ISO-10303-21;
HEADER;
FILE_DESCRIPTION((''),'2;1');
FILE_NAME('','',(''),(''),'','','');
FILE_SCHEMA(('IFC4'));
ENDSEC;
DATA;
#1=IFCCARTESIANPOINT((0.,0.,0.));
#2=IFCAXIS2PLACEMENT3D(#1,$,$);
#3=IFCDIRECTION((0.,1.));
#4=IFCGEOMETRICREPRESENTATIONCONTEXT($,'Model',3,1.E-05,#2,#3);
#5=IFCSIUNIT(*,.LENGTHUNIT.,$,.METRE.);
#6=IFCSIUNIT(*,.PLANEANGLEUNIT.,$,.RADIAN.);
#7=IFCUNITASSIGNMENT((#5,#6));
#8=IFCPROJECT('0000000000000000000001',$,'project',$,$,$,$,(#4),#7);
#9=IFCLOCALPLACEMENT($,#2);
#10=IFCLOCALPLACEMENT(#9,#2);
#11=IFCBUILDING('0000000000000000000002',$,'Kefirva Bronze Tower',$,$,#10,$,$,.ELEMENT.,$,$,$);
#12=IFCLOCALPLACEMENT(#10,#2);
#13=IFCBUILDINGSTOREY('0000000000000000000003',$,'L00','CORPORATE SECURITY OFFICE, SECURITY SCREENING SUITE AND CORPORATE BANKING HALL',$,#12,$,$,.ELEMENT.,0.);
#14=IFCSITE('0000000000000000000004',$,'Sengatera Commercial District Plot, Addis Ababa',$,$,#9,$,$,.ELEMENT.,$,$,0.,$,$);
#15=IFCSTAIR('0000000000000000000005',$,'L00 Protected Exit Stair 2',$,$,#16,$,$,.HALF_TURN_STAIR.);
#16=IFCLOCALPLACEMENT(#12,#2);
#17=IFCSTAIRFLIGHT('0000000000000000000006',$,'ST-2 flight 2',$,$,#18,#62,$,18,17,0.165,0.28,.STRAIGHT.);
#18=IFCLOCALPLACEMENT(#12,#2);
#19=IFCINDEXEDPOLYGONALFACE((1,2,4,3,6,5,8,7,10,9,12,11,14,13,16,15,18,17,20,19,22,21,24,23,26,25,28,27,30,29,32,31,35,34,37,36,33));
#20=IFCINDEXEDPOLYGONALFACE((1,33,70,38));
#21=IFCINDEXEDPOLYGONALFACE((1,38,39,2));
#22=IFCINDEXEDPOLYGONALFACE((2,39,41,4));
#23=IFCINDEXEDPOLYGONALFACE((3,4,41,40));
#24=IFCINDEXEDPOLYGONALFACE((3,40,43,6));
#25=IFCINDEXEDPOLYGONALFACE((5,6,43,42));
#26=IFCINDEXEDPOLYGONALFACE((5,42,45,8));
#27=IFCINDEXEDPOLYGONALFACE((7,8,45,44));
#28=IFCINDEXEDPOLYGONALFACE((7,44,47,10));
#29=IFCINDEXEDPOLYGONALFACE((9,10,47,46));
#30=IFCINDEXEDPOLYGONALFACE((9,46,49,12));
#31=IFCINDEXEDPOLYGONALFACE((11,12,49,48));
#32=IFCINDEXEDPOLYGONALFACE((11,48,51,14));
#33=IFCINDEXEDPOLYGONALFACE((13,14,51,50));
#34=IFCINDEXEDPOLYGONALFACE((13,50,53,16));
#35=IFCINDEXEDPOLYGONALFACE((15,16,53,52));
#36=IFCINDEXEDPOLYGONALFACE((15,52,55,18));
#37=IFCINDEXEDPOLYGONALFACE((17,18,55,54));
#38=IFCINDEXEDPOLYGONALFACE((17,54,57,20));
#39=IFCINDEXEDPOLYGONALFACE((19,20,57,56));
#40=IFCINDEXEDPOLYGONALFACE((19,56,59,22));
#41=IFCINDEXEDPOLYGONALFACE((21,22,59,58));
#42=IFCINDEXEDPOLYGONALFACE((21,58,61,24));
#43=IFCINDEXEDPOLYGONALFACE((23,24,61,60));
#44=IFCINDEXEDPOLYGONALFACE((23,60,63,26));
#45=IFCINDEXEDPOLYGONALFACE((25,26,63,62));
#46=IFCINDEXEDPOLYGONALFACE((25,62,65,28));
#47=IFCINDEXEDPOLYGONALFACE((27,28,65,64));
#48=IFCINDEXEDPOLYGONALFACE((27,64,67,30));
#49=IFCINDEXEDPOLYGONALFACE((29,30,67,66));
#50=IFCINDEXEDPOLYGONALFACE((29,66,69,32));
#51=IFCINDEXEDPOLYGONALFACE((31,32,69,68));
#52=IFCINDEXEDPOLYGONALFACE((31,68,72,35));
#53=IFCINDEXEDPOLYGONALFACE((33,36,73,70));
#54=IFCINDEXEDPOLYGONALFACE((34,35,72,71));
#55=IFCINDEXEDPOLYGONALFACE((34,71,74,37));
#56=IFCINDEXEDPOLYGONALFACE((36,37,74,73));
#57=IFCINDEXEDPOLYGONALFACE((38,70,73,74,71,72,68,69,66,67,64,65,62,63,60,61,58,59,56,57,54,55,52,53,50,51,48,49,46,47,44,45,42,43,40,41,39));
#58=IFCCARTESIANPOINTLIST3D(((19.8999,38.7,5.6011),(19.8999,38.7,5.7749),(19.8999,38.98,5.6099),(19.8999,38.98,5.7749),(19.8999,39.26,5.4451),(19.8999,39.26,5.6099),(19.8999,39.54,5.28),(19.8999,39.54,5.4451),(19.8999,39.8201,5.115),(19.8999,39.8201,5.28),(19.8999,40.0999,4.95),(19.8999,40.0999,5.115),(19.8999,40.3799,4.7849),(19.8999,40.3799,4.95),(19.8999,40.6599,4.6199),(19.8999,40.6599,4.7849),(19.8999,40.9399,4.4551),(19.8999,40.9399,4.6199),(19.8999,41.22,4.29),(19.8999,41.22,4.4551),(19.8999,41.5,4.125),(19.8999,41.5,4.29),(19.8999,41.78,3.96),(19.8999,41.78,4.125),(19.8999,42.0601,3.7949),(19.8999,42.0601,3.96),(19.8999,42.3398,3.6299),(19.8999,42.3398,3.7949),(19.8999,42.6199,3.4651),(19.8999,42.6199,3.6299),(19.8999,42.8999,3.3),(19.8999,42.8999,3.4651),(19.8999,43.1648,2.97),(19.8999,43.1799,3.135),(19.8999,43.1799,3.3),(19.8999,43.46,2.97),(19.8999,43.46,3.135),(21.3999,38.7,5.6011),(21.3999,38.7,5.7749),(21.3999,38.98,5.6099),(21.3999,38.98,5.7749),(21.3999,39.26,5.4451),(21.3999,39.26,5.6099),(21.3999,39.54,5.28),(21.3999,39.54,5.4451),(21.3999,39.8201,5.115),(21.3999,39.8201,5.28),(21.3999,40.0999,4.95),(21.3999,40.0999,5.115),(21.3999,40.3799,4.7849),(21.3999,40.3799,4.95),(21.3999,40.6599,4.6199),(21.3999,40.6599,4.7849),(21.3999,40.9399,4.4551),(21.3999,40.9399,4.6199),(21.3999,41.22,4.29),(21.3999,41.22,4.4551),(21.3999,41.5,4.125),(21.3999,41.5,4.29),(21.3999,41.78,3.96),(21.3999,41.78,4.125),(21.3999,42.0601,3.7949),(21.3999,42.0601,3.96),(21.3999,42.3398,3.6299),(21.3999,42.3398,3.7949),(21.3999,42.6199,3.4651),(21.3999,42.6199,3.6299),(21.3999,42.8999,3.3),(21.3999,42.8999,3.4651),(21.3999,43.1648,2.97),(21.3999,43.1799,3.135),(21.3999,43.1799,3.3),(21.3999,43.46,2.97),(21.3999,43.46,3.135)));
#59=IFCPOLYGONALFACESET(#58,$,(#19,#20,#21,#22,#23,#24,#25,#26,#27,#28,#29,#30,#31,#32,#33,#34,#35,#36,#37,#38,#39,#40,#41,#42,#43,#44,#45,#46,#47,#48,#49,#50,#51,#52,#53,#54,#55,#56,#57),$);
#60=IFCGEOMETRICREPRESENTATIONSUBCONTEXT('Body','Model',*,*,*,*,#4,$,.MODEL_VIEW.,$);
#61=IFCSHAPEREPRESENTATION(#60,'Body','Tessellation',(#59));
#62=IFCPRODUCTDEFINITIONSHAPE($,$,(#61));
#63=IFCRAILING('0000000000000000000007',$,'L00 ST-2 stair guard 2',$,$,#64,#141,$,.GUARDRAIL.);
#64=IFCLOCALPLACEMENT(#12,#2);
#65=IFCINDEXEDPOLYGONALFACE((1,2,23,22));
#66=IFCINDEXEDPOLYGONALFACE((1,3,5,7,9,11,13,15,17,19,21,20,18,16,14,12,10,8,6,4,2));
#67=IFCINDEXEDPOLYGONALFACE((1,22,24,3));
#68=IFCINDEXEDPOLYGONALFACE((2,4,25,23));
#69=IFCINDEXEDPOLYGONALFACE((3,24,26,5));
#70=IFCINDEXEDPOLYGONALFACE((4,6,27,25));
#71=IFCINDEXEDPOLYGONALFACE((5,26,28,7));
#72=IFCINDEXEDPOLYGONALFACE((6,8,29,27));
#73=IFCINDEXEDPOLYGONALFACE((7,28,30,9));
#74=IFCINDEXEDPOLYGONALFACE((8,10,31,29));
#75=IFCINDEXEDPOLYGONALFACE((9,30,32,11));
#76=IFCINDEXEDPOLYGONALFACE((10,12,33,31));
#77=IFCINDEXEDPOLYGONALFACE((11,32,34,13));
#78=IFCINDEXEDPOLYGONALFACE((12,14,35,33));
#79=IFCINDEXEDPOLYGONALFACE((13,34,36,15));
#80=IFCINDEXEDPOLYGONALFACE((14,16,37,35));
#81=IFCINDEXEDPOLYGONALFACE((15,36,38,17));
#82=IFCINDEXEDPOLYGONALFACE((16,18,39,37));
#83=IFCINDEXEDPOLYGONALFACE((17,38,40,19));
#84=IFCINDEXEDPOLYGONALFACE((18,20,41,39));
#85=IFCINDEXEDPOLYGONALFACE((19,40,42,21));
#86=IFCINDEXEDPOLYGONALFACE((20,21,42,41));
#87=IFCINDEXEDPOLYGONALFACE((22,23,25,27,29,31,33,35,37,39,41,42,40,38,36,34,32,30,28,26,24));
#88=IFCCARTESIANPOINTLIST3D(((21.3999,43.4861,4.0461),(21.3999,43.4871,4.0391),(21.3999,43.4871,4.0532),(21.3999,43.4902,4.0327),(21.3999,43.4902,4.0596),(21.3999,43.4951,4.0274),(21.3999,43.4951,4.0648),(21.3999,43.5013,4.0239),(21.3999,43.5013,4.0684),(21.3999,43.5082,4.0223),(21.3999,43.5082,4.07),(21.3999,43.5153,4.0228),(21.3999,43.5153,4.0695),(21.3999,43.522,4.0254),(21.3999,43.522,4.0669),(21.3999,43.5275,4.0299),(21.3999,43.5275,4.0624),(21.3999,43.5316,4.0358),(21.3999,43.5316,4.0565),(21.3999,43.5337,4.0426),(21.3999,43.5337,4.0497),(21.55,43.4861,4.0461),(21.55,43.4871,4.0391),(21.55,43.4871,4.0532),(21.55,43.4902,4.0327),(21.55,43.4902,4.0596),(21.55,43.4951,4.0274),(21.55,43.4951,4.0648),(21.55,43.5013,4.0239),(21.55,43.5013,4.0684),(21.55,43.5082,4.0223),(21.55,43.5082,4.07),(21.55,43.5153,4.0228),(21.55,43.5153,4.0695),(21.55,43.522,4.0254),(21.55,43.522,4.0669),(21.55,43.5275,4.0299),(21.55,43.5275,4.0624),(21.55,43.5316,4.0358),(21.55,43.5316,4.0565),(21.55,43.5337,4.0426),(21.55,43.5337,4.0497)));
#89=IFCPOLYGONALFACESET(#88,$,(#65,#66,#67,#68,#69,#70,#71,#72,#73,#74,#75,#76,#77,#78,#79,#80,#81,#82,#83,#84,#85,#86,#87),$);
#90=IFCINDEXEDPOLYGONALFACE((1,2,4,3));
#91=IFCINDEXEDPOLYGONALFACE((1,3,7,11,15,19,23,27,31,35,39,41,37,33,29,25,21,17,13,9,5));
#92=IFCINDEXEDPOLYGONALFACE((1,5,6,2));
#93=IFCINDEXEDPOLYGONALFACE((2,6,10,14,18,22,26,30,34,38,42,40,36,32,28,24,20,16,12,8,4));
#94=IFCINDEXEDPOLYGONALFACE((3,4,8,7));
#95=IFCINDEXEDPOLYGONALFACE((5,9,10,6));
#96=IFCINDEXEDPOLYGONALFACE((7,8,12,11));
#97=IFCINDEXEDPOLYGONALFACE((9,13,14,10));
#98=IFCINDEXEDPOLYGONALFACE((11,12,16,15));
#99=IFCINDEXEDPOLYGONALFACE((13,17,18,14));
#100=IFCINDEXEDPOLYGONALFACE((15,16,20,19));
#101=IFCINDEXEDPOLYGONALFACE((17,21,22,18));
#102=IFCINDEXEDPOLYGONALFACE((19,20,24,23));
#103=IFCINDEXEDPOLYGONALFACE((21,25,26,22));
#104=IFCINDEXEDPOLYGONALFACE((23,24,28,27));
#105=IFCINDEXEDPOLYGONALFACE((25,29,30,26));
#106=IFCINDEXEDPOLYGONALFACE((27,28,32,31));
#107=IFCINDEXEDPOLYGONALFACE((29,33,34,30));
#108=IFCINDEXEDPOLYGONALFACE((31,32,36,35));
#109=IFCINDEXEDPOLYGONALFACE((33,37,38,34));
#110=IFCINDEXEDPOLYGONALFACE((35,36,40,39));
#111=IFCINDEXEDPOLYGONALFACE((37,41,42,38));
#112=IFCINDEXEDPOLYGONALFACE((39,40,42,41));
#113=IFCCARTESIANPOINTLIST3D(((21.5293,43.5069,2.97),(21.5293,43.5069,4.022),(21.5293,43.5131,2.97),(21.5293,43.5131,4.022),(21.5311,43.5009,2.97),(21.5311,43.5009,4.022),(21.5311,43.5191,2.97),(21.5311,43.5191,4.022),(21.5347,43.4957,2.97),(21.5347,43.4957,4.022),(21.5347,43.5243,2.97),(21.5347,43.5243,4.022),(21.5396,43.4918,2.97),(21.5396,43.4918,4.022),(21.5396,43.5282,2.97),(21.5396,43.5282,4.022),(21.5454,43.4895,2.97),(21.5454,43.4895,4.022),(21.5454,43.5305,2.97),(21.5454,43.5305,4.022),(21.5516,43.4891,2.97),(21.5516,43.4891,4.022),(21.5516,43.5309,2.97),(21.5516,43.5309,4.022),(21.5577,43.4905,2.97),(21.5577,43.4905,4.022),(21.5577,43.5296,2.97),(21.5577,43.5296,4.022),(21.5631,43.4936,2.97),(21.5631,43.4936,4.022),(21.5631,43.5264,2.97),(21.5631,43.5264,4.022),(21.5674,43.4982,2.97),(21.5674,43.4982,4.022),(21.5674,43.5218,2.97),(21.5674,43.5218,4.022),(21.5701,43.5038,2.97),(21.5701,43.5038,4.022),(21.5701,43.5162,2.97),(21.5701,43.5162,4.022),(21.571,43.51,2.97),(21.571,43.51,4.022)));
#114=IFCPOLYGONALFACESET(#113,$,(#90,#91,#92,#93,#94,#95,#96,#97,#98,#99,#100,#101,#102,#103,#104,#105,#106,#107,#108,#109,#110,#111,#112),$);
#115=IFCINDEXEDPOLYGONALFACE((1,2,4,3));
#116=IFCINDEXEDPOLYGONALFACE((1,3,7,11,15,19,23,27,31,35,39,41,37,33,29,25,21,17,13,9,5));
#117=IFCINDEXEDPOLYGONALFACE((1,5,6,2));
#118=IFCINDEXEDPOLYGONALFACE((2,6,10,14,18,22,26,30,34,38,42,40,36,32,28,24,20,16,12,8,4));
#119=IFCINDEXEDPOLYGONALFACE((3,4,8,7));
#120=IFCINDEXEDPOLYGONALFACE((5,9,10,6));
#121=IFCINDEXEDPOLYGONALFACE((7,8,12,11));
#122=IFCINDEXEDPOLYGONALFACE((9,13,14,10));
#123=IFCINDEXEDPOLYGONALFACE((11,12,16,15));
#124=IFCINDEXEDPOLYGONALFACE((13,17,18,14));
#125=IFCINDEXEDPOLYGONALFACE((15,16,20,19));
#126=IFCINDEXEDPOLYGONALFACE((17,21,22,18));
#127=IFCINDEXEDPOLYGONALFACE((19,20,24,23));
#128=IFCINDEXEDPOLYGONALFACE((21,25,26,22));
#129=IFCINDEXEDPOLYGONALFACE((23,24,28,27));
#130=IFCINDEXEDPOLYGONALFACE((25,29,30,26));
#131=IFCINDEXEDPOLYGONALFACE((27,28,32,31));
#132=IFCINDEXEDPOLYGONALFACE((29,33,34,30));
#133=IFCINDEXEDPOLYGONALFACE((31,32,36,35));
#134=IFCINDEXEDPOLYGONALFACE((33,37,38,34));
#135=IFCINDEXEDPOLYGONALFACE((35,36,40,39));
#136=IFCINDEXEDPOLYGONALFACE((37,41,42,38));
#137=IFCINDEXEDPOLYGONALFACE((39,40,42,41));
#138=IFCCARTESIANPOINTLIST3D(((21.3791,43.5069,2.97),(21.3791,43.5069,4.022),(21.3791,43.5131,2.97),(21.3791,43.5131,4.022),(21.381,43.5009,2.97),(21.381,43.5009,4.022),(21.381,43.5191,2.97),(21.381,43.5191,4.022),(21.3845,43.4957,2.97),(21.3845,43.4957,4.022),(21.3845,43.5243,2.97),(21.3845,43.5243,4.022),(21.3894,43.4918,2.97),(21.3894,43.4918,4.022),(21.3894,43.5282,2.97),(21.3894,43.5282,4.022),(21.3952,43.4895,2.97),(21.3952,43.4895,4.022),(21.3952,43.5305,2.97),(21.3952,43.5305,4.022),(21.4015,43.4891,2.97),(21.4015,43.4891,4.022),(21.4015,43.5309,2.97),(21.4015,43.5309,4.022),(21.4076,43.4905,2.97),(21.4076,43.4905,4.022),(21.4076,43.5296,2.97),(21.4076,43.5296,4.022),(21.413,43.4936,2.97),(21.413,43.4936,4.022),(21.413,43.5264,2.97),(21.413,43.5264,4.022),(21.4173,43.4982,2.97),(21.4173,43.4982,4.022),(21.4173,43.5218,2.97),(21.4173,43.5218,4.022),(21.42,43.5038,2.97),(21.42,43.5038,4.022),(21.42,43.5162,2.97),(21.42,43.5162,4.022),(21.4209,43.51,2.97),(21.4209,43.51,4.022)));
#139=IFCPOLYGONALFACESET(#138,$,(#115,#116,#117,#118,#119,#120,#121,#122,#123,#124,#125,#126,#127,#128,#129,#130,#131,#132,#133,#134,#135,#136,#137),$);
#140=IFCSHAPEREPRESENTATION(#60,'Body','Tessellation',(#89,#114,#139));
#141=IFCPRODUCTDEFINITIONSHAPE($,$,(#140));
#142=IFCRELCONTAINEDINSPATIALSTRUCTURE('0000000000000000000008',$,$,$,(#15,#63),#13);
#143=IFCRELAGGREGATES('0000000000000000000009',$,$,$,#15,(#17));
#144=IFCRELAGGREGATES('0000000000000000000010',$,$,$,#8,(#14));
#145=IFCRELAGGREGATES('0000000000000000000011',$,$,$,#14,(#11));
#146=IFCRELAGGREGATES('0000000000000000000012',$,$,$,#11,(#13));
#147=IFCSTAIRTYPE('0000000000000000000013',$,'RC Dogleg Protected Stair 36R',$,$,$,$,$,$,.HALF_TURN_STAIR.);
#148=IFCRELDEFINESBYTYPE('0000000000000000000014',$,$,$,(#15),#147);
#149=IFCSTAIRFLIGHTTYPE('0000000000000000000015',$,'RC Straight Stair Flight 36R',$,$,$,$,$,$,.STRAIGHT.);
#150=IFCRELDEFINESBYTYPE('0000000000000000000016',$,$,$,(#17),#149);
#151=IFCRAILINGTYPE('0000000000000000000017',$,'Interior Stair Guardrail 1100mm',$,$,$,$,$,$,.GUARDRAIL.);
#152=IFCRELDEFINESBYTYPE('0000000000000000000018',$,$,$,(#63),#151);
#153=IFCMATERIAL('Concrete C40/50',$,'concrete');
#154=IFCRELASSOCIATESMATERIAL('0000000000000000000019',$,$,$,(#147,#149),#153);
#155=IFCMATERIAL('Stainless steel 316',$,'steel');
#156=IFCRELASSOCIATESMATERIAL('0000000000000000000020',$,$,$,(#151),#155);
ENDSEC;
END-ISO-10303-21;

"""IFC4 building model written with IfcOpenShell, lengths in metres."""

from ifc_helpers import new_model, si_unit, direction, frame, origin, origin_2d, place, context, subcontext, project, spatial, polyline, circle, outline, extrude, material, type_object, element, aggregate, save


model = new_model("IFC4")

# Units and contexts
model_context = context("Model", 3, precision=1e-05, world=origin(), true_north=direction((0.0, 1.0)))
body_context = subcontext(model_context, "Body", "Model", "MODEL_VIEW")
ifc_project = project(units=[si_unit("LENGTHUNIT", "METRE"), si_unit("PLANEANGLEUNIT", "RADIAN")], contexts=[model_context])

# Site, building, storey
site_placement = place(None, origin())
site = spatial("IfcSite", under=ifc_project, at=site_placement, Name="Sengatera Commercial District Plot, Addis Ababa", CompositionType="ELEMENT", RefElevation=0.0)
building_placement = place(site_placement, origin())
building = spatial("IfcBuilding", under=site, at=building_placement, Name="Kefirva Bronze Tower", CompositionType="ELEMENT")
storey_placement = place(building_placement, origin())
storey = spatial("IfcBuildingStorey", under=building, at=storey_placement, Name="L00", Description="CORPORATE SECURITY OFFICE, SECURITY SCREENING SUITE AND CORPORATE BANKING HALL", CompositionType="ELEMENT", Elevation=0.0)

# Stair, stair flight
ifc_material_1 = material(Name="Concrete C40/50", Category="concrete")
stair_type = type_object("IfcStairType", Name="RC Dogleg Protected Stair 36R", PredefinedType="HALF_TURN_STAIR", material=ifc_material_1)
stair_placement = place(storey_placement, origin())
stair = element("IfcStair", 1, at=stair_placement, inside=storey, type_object=stair_type, Name="L00 Protected Exit Stair 2", PredefinedType="HALF_TURN_STAIR")
stair_flight_type = type_object("IfcStairFlightType", Name="RC Straight Stair Flight 36R", PredefinedType="STRAIGHT", material=ifc_material_1)
stair_flight_1_placement = place(storey_placement, frame((20.6499, 43.46, 2.97), z_axis=(0.0, 0.0, 1.0), x_axis=(0.0, -1.0, 0.0)))
stair_flight_1 = element("IfcStairFlight", 2, at=stair_flight_1_placement, type_object=stair_flight_type, Name="ST-2 flight 2", NumberOfRisers=18, NumberOfTreads=17, PredefinedType="STRAIGHT", RiserHeight=0.165, TreadLength=0.28, context=body_context, shape_type="SweptSolid", body=[
    extrude(outline(polyline([(0.0, 0.0), (0.0, 0.165), (0.28, 0.165), (0.28, 0.3301), (0.5601, 0.3301), (0.5601, 0.4951), (0.8401, 0.4951), (0.8401, 0.6599), (1.1201, 0.6599), (1.1201, 0.825), (1.3999, 0.825), (1.3999, 0.99), (1.6799, 0.99), (1.6799, 1.155), (1.96, 1.155), (1.96, 1.3201), (2.24, 1.3201), (2.24, 1.4851), (2.52, 1.4851), (2.52, 1.6499), (2.8, 1.6499), (2.8, 1.8149), (3.0801, 1.8149), (3.0801, 1.98), (3.3601, 1.98), (3.3601, 2.145), (3.6399, 2.145), (3.6399, 2.3101), (3.9199, 2.3101), (3.9199, 2.4751), (4.2, 2.4751), (4.2, 2.6399), (4.48, 2.6399), (4.48, 2.8049), (4.76, 2.8049), (4.76, 2.97), (4.76, 2.6311), (0.2952, 0.0), (0.0, 0.0)])), frame((0.0, 0.75, 0.0), z_axis=(0.0, -1.0, 0.0), x_axis=(1.0, 0.0, 0.0)), (0.0, 0.0, 1.0), 1.5),
])
aggregate(stair, [stair_flight_1])

# Railing
ifc_material_2 = material(Name="Stainless steel 316", Category="steel")
railing_type_1 = type_object("IfcRailingType", Name="Interior Stair Guardrail 1100mm", PredefinedType="GUARDRAIL", material=ifc_material_2)
railing_1_placement = place(storey_placement, frame((21.55, 43.51, 2.97)))
element("IfcRailing", 3, at=railing_1_placement, inside=storey, type_object=railing_type_1, Name="L00 ST-2 stair guard 2", PredefinedType="GUARDRAIL", context=body_context, shape_type="SweptSolid", body=[
    extrude(circle(Radius=0.0239, at=origin_2d()), frame((0.0, 0.0, 1.0762), z_axis=(-1.0, 0.0, 0.0), x_axis=(0.0, -1.0, 0.0)), (0.0, 0.0, 1.0), 0.1501),
    extrude(circle(Radius=0.021, at=origin_2d()), origin(), (0.0, 0.0, 1.0), 1.052),
    extrude(circle(Radius=0.021, at=origin_2d()), frame((-0.1501, 0.0, 0.0)), (0.0, 0.0, 1.0), 1.052),
])

save(model, "model.ifc")
